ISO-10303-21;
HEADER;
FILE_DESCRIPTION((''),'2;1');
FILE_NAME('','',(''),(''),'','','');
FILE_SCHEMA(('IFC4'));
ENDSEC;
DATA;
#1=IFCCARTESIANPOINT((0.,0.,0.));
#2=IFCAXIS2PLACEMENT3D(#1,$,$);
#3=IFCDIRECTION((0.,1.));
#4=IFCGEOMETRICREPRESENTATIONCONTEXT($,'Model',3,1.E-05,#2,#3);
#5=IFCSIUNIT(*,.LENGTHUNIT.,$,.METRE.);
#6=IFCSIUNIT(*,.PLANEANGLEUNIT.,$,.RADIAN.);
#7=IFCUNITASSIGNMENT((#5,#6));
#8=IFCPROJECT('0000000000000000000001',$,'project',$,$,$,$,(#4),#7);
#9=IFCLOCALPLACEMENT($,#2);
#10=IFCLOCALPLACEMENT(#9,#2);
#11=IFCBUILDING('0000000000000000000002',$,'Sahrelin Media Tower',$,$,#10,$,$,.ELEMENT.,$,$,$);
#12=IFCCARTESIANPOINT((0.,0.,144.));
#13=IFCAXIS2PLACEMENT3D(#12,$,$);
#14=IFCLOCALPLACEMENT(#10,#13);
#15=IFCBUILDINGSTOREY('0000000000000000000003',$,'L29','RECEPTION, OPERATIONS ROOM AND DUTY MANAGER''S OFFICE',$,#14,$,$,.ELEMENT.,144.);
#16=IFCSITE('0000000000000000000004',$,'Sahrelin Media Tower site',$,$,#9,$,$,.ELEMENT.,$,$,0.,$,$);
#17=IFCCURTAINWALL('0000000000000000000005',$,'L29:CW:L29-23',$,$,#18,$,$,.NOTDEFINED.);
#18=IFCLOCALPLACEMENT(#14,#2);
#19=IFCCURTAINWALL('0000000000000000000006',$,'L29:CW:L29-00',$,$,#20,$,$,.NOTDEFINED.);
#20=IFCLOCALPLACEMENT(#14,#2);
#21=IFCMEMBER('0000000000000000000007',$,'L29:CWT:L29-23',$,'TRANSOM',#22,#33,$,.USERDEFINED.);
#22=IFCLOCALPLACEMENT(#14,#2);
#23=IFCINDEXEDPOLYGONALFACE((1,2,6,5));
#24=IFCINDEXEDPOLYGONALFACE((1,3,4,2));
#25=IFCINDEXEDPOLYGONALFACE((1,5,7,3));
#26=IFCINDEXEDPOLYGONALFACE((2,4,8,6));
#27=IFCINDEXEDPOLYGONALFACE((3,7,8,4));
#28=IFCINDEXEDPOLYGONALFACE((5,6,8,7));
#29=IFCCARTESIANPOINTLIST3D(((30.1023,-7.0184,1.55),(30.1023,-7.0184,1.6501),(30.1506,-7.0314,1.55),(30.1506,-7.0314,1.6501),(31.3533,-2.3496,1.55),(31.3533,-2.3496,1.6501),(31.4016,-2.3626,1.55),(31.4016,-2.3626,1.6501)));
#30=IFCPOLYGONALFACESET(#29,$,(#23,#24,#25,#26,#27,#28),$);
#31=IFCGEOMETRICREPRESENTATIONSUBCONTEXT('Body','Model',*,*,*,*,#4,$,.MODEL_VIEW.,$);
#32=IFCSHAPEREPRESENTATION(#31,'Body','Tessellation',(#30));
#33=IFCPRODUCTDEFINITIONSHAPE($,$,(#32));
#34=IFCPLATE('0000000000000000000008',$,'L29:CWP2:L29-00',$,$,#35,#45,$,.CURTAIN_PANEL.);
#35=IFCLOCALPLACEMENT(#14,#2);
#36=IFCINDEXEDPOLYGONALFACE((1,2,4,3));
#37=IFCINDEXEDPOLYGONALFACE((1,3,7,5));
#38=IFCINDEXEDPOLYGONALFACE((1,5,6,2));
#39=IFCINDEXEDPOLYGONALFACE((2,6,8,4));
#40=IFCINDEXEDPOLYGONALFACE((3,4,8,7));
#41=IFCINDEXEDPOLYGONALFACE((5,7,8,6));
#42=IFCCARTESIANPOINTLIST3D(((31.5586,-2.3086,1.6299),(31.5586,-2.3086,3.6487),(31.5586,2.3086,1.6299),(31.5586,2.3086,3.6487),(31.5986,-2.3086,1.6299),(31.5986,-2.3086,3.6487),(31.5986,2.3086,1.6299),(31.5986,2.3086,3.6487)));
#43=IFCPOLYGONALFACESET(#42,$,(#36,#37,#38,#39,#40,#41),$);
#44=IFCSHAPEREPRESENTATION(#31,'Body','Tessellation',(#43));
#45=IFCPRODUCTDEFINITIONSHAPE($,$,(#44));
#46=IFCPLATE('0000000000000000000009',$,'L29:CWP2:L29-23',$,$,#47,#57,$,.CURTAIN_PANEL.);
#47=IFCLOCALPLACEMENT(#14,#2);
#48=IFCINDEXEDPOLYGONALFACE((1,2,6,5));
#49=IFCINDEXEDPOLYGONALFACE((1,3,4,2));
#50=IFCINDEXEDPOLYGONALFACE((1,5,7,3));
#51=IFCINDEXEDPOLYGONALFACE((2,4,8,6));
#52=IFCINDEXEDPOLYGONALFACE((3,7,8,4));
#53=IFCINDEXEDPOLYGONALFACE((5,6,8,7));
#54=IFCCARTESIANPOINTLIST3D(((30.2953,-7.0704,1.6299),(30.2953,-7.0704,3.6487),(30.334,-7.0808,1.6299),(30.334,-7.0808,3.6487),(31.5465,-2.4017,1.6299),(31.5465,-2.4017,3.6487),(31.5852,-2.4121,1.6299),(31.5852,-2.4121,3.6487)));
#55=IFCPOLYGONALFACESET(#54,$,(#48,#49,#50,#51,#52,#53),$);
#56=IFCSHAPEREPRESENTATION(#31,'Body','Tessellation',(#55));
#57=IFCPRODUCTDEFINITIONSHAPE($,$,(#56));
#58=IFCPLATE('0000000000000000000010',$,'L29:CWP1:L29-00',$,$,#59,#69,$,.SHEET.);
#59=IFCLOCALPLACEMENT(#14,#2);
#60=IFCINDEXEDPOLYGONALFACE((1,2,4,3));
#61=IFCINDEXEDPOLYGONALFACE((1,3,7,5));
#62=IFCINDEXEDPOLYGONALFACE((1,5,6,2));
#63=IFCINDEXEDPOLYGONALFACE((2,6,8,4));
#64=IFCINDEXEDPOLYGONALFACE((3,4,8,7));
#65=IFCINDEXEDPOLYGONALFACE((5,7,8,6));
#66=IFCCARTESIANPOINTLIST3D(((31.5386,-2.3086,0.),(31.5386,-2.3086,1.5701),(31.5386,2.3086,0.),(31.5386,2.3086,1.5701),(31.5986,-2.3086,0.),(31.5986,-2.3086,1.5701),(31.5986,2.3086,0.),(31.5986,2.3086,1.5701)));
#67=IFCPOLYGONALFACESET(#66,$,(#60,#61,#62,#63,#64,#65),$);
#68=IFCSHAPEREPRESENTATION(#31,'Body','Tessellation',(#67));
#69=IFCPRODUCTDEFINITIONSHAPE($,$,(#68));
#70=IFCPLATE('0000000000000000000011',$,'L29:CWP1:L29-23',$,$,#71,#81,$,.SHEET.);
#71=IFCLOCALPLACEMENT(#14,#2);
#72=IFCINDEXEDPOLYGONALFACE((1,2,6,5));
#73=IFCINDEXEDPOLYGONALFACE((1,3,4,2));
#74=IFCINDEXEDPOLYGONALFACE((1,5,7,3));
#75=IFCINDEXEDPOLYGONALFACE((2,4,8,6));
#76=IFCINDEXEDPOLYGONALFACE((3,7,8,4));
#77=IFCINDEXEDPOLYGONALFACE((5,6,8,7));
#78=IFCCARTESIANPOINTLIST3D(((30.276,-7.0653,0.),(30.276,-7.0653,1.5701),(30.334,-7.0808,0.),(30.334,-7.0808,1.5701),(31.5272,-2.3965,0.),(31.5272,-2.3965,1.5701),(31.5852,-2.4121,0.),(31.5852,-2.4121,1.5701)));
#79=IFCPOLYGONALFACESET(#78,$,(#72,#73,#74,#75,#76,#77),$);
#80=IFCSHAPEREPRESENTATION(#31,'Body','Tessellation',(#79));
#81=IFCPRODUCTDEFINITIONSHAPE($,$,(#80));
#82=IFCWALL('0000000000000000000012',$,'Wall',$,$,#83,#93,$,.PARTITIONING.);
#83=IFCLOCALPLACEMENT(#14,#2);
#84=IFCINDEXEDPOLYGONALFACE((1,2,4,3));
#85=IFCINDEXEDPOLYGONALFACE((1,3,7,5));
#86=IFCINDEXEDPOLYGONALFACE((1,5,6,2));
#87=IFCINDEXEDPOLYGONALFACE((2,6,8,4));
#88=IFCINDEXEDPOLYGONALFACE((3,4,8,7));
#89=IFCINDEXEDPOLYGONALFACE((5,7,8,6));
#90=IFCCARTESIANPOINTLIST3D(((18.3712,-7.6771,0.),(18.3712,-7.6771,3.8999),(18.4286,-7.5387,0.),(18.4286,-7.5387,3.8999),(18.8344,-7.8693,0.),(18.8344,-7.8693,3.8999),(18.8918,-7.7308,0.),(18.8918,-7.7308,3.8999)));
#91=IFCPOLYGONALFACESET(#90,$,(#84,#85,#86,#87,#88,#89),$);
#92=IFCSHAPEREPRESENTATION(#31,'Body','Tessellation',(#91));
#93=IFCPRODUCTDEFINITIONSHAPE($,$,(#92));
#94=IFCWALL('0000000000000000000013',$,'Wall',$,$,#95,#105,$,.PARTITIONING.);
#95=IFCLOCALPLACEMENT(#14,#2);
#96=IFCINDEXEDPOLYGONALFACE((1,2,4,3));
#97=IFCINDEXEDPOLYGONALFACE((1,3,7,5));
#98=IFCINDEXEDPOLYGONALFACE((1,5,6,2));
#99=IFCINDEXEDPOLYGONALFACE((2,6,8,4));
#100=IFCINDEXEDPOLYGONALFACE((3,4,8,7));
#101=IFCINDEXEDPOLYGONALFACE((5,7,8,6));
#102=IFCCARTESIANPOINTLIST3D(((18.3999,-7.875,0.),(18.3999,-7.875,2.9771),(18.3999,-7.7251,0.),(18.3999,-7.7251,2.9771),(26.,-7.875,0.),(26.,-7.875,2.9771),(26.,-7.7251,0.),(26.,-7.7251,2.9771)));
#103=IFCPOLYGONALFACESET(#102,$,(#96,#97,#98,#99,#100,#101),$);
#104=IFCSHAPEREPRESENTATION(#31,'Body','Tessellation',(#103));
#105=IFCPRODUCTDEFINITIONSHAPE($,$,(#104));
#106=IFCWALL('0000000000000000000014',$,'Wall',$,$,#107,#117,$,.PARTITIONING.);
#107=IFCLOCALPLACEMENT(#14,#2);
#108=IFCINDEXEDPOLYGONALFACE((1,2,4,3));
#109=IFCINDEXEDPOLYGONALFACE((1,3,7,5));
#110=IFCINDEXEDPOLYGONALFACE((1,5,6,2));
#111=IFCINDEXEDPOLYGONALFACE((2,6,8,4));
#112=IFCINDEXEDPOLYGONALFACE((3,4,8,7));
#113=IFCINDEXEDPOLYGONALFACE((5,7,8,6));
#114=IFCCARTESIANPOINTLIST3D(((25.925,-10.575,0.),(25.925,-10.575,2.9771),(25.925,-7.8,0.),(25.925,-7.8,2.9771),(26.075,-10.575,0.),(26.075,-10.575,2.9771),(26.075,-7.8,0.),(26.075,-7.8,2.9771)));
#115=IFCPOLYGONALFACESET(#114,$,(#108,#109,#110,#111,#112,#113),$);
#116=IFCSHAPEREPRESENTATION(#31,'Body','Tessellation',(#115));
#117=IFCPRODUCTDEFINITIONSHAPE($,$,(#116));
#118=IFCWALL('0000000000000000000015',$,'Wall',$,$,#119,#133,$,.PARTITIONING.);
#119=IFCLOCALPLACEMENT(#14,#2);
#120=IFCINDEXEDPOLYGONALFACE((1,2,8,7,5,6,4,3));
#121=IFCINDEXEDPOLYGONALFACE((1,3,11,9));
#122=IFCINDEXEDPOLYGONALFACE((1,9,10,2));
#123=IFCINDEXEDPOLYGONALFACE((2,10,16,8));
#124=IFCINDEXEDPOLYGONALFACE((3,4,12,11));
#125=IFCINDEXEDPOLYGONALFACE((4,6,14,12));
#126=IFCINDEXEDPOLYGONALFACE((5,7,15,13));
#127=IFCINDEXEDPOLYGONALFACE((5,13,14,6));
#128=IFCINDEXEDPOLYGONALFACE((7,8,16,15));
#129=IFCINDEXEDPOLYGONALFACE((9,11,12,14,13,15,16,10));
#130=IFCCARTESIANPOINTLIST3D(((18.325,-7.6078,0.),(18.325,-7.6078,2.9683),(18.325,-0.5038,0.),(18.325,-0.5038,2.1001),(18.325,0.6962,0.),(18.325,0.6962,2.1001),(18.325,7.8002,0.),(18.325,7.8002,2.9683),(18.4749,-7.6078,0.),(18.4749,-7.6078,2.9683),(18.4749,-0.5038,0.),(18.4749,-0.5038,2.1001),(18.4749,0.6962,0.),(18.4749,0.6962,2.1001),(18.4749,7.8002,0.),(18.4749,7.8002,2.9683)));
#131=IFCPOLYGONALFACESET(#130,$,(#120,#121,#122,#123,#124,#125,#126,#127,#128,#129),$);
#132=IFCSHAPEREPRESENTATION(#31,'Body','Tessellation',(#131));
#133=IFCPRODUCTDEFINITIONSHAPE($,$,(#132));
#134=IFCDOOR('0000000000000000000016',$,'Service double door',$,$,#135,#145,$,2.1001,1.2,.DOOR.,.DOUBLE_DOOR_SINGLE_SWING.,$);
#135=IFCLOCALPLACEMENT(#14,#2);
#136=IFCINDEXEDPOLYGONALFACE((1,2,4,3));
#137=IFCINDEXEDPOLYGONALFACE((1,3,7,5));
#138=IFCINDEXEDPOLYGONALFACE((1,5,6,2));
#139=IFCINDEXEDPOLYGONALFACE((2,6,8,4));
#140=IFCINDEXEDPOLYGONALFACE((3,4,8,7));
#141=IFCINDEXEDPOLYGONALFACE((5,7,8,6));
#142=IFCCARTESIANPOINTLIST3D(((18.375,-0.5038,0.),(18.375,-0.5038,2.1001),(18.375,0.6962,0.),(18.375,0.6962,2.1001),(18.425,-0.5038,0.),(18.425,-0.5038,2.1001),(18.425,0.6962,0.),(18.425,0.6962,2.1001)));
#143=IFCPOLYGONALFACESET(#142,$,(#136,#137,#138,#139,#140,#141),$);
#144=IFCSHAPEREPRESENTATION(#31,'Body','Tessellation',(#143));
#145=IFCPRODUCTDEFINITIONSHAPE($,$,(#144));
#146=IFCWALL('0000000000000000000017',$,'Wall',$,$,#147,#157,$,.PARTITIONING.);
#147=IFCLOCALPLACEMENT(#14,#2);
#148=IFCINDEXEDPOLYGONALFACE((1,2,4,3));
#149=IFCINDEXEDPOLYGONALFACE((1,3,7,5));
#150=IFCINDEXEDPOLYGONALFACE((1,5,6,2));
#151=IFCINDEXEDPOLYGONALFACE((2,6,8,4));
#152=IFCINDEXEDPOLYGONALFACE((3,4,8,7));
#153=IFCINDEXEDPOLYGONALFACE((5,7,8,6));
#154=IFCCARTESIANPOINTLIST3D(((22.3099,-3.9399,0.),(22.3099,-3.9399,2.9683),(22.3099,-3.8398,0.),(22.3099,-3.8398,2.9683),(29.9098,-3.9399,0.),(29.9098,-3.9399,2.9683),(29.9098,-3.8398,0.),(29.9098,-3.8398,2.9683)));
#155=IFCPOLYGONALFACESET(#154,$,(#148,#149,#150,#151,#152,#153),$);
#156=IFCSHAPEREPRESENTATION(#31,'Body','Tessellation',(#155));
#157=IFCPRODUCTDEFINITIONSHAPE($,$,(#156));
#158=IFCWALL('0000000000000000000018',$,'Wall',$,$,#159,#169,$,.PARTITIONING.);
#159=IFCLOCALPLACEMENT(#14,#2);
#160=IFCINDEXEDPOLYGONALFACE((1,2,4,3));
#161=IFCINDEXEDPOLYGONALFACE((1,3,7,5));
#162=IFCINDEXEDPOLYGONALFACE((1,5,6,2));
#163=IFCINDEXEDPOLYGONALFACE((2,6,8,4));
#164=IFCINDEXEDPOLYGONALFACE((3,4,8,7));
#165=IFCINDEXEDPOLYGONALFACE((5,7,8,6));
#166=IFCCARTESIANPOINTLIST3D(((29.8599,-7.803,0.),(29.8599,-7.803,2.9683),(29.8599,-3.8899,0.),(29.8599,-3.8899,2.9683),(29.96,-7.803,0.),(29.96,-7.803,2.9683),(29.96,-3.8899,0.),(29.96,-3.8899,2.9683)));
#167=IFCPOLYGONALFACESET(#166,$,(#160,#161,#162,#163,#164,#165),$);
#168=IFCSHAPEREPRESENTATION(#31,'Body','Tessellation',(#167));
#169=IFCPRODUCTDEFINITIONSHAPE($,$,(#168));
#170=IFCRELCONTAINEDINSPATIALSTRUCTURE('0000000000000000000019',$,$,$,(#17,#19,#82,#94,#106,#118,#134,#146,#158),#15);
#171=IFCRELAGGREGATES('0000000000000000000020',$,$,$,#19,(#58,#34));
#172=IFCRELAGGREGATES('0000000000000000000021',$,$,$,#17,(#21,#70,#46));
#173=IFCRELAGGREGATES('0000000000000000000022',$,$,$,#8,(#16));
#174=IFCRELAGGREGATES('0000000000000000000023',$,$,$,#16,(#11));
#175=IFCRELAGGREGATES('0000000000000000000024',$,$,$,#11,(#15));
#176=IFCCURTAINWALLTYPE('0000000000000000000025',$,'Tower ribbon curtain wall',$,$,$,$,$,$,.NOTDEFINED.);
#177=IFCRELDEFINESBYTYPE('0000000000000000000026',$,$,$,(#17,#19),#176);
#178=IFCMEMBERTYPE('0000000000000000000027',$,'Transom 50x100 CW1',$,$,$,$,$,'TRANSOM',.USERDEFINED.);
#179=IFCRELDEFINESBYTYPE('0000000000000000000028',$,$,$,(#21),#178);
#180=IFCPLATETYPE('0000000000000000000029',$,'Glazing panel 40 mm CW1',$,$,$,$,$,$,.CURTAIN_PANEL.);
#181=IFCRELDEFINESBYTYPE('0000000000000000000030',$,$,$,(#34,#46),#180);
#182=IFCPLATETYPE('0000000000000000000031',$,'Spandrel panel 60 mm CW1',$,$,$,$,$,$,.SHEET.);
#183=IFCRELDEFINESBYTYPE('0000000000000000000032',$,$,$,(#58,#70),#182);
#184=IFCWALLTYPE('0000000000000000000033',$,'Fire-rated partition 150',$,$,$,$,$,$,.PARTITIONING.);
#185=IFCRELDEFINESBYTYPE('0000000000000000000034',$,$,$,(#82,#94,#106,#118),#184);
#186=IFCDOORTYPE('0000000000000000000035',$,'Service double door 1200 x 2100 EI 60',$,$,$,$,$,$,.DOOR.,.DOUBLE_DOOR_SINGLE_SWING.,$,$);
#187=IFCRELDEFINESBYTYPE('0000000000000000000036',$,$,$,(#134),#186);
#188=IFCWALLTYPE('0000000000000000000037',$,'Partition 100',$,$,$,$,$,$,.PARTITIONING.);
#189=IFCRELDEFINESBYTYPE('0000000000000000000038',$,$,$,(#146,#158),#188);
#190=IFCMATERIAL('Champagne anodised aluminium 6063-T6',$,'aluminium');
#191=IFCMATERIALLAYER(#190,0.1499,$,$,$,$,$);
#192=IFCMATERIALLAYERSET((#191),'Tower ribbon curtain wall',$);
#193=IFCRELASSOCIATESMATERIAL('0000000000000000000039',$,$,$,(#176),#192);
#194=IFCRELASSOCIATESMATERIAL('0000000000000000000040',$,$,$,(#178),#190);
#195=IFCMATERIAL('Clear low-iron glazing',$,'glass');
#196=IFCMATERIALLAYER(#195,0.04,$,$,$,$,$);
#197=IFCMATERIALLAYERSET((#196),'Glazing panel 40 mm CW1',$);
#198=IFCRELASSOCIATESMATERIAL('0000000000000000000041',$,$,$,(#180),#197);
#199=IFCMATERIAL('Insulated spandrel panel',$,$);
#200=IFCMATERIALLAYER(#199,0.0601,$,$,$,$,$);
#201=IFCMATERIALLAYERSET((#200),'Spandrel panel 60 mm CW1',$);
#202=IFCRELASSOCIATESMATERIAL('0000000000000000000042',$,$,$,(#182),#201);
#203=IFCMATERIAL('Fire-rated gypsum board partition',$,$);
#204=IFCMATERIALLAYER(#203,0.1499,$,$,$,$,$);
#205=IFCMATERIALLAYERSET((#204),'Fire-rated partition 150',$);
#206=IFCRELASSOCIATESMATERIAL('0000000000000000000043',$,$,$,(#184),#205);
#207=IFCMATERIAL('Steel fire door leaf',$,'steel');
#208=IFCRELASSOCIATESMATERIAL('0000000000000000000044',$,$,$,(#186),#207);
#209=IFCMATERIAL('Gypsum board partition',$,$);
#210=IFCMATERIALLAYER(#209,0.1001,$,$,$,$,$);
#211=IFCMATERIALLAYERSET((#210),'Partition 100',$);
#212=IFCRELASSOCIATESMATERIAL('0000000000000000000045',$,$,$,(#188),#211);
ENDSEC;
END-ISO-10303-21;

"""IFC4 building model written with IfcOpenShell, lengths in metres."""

from ifc_helpers import new_model, si_unit, direction, frame, frame_2d, origin, origin_2d, place, context, subcontext, project, spatial, polyline, rectangle, outline, extrude, material, layer, layer_set, material_profile, profile_set, type_object, element, fill, aggregate, save


model = new_model("IFC4")

# Units and contexts
model_context = context("Model", 3, precision=1e-05, world=origin(), true_north=direction((0.0, 1.0)))
body_context = subcontext(model_context, "Body", "Model", "MODEL_VIEW")
ifc_project = project(units=[si_unit("LENGTHUNIT", "METRE"), si_unit("PLANEANGLEUNIT", "RADIAN")], contexts=[model_context])

# Site, building, storey
site_placement = place(None, origin())
site = spatial("IfcSite", under=ifc_project, at=site_placement, Name="Sahrelin Media Tower site", CompositionType="ELEMENT", RefElevation=0.0)
building_placement = place(site_placement, origin())
building = spatial("IfcBuilding", under=site, at=building_placement, Name="Sahrelin Media Tower", CompositionType="ELEMENT")
storey_placement = place(building_placement, frame((0.0, 0.0, 144.0)))
storey = spatial("IfcBuildingStorey", under=building, at=storey_placement, Name="L29", Description="RECEPTION, OPERATIONS ROOM AND DUTY MANAGER'S OFFICE", CompositionType="ELEMENT", Elevation=144.0)

# Curtain wall
ifc_material_1 = material(Name="Champagne anodised aluminium 6063-T6", Category="aluminium")
ifc_layer_1 = layer(ifc_material_1, 0.1499)
ifc_layer_set_1 = layer_set([ifc_layer_1], Name="Tower ribbon curtain wall")
curtain_wall_type = type_object("IfcCurtainWallType", Name="Tower ribbon curtain wall", PredefinedType="NOTDEFINED", material=ifc_layer_set_1)
curtain_wall_1_placement = place(storey_placement, frame((30.9402, -4.7412, 0.0), z_axis=(0.0, 0.0, 1.0), x_axis=(1.0, 0.0, 0.0)))
curtain_wall_1 = element("IfcCurtainWall", 1, at=curtain_wall_1_placement, inside=storey, type_object=curtain_wall_type, Name="L29:CW:L29-23", PredefinedType="NOTDEFINED")

# Curtain wall
curtain_wall_2_placement = place(storey_placement, frame((31.5786, 0.0, 0.0), z_axis=(0.0, 0.0, 1.0), x_axis=(1.0, 0.0, 0.0)))
curtain_wall_2 = element("IfcCurtainWall", 2, at=curtain_wall_2_placement, inside=storey, type_object=curtain_wall_type, Name="L29:CW:L29-00", PredefinedType="NOTDEFINED")
ifc_material_profile_1 = material_profile(ifc_material_1, rectangle(XDim=0.05, YDim=0.1001, at=origin_2d()), Name="Transom 50x100")
ifc_profile_set_1 = profile_set([ifc_material_profile_1], Name="Champagne anodised aluminium 6063-T6")
member_type_1 = type_object("IfcMemberType", Name="Transom 50x100 CW1", ElementType="TRANSOM", PredefinedType="USERDEFINED", material=ifc_profile_set_1)

# Member
member_1_placement = place(storey_placement, frame((30.1265, -7.0249, 1.6001), z_axis=(0.258819, 0.965926, 0.0), x_axis=(-0.965926, 0.258819, 0.0)))
member_1 = element("IfcMember", 3, at=member_1_placement, type_object=member_type_1, Name="L29:CWT:L29-23", ObjectType="TRANSOM", PredefinedType="USERDEFINED", context=body_context, shape_type="SweptSolid", body=[
    extrude(rectangle(XDim=0.05, YDim=0.1001, at=origin_2d()), origin(), (0.0, 0.0, 1.0), 4.8335),
])

# Plates
ifc_material_2 = material(Name="Clear low-iron glazing", Category="glass")
ifc_layer_2 = layer(ifc_material_2, 0.04)
ifc_layer_set_2 = layer_set([ifc_layer_2], Name="Glazing panel 40 mm CW1")
plate_type_1 = type_object("IfcPlateType", Name="Glazing panel 40 mm CW1", PredefinedType="CURTAIN_PANEL", material=ifc_layer_set_2)
plate_1_placement = place(storey_placement, frame((31.5986, -2.3086, 1.6299), z_axis=(1.0, 0.0, 0.0), x_axis=(0.0, 1.0, 0.0)))
plate_1 = element("IfcPlate", 4, at=plate_1_placement, type_object=plate_type_1, Name="L29:CWP2:L29-00", PredefinedType="CURTAIN_PANEL", context=body_context, shape_type="SweptSolid", body=[
    extrude(outline(polyline([(0.0, 0.0), (4.6172, 0.0), (4.6172, 2.0188), (0.0, 2.0188), (0.0, 0.0)])), origin(), (0.0, 0.0, -1.0), 0.04),
])
plate_2_placement = place(storey_placement, frame((30.334, -7.0808, 1.6299), z_axis=(0.965913, -0.258867, 0.0), x_axis=(0.258867, 0.965913, 0.0)))
plate_2 = element("IfcPlate", 5, at=plate_2_placement, type_object=plate_type_1, Name="L29:CWP2:L29-23", PredefinedType="CURTAIN_PANEL", context=body_context, shape_type="SweptSolid", body=[
    extrude(outline(polyline([(0.0, 0.0), (4.8335, 0.0), (4.8335, 2.0188), (0.0, 2.0188), (0.0, 0.0)])), origin(), (0.0, 0.0, -1.0), 0.04),
])
ifc_material_3 = material(Name="Insulated spandrel panel")
ifc_layer_3 = layer(ifc_material_3, 0.0601)
ifc_layer_set_3 = layer_set([ifc_layer_3], Name="Spandrel panel 60 mm CW1")
plate_type_2 = type_object("IfcPlateType", Name="Spandrel panel 60 mm CW1", PredefinedType="SHEET", material=ifc_layer_set_3)
plate_3_placement = place(storey_placement, frame((31.5986, -2.3086, 0.0), z_axis=(1.0, 0.0, 0.0), x_axis=(0.0, 1.0, 0.0)))
plate_3 = element("IfcPlate", 6, at=plate_3_placement, type_object=plate_type_2, Name="L29:CWP1:L29-00", PredefinedType="SHEET", context=body_context, shape_type="SweptSolid", body=[
    extrude(outline(polyline([(0.0, 0.0), (4.6172, 0.0), (4.6172, 1.5701), (0.0, 1.5701), (0.0, 0.0)])), origin(), (0.0, 0.0, -1.0), 0.0601),
])
aggregate(curtain_wall_2, [plate_3, plate_1])
plate_4_placement = place(storey_placement, frame((30.334, -7.0808, 0.0), z_axis=(0.965913, -0.258867, 0.0), x_axis=(0.258867, 0.965913, 0.0)))
plate_4 = element("IfcPlate", 7, at=plate_4_placement, type_object=plate_type_2, Name="L29:CWP1:L29-23", PredefinedType="SHEET", context=body_context, shape_type="SweptSolid", body=[
    extrude(outline(polyline([(0.0, 0.0), (4.8335, 0.0), (4.8335, 1.5701), (0.0, 1.5701), (0.0, 0.0)])), origin(), (0.0, 0.0, -1.0), 0.0601),
])
aggregate(curtain_wall_1, [member_1, plate_4, plate_2])

# Walls
ifc_material_4 = material(Name="Fire-rated gypsum board partition")
ifc_layer_4 = layer(ifc_material_4, 0.1499)
ifc_layer_set_4 = layer_set([ifc_layer_4], Name="Fire-rated partition 150")
wall_type_1 = type_object("IfcWallType", Name="Fire-rated partition 150", PredefinedType="PARTITIONING", material=ifc_layer_set_4)
wall_1_placement = place(storey_placement, frame((18.3999, -7.6079, 0.0), z_axis=(0.0, 0.0, 1.0), x_axis=(0.923666, -0.383197, 0.0)))
element("IfcWall", 8, at=wall_1_placement, inside=storey, type_object=wall_type_1, Name="Wall", PredefinedType="PARTITIONING", context=body_context, shape_type="SweptSolid", body=[
    extrude(rectangle(XDim=0.5015, YDim=0.1499, at=frame_2d((0.2507, 0.0))), origin(), (0.0, 0.0, 1.0), 3.8999),
])
wall_2_placement = place(storey_placement, frame((18.3999, -7.8, 0.0), z_axis=(0.0, 0.0, 1.0), x_axis=(1.0, 0.0, 0.0)))
element("IfcWall", 9, at=wall_2_placement, inside=storey, type_object=wall_type_1, Name="Wall", PredefinedType="PARTITIONING", context=body_context, shape_type="SweptSolid", body=[
    extrude(rectangle(XDim=7.6001, YDim=0.1499, at=frame_2d((3.8, 0.0))), origin(), (0.0, 0.0, 1.0), 2.9771),
])
wall_3_placement = place(storey_placement, frame((26.0, -10.575, 0.0), z_axis=(0.0, 0.0, 1.0), x_axis=(0.0, 1.0, 0.0)))
element("IfcWall", 10, at=wall_3_placement, inside=storey, type_object=wall_type_1, Name="Wall", PredefinedType="PARTITIONING", context=body_context, shape_type="SweptSolid", body=[
    extrude(rectangle(XDim=2.7749, YDim=0.1499, at=frame_2d((1.3875, 0.0))), origin(), (0.0, 0.0, 1.0), 2.9771),
])

# Wall, opening, door
wall_4_placement = place(storey_placement, frame((18.3999, -7.6079, 0.0), z_axis=(0.0, 0.0, 1.0), x_axis=(0.0, 1.0, 0.0)))
wall_4 = element("IfcWall", 11, at=wall_4_placement, inside=storey, type_object=wall_type_1, Name="Wall", PredefinedType="PARTITIONING", context=body_context, shape_type="SweptSolid", body=[
    extrude(rectangle(XDim=15.408, YDim=0.1499, at=frame_2d((7.7041, 0.0))), origin(), (0.0, 0.0, 1.0), 2.9683),
])
opening_1_placement = place(wall_4_placement, frame((7.104, 0.0, 0.0)))
opening_1 = element("IfcOpeningElement", 12, at=opening_1_placement, cuts=wall_4, PredefinedType="OPENING", context=body_context, shape_type="SweptSolid", body=[
    extrude(rectangle(XDim=1.2, YDim=2.1001, at=frame_2d((0.6001, 1.05))), frame((0.0, 0.075, 0.0), z_axis=(0.0, -1.0, 0.0), x_axis=(1.0, 0.0, 0.0)), (0.0, 0.0, 1.0), 0.1499),
])
ifc_material_5 = material(Name="Steel fire door leaf", Category="steel")
door_type_1 = type_object("IfcDoorType", Name="Service double door 1200 x 2100 EI 60", OperationType="DOUBLE_DOOR_SINGLE_SWING", PredefinedType="DOOR", material=ifc_material_5)
door_1_placement = place(opening_1_placement, origin())
door_1 = element("IfcDoor", 13, at=door_1_placement, inside=storey, type_object=door_type_1, Name="Service double door", OperationType="DOUBLE_DOOR_SINGLE_SWING", OverallHeight=2.1001, OverallWidth=1.2, PredefinedType="DOOR", context=body_context, shape_type="SweptSolid", body=[
    extrude(rectangle(XDim=1.2, YDim=2.1001, at=frame_2d((0.6001, 1.05))), frame((0.0, 0.0249, 0.0), z_axis=(0.0, -1.0, 0.0), x_axis=(1.0, 0.0, 0.0)), (0.0, 0.0, 1.0), 0.05),
])
fill(opening_1, door_1)

# Walls
ifc_material_6 = material(Name="Gypsum board partition")
ifc_layer_5 = layer(ifc_material_6, 0.1001)
ifc_layer_set_5 = layer_set([ifc_layer_5], Name="Partition 100")
wall_type_2 = type_object("IfcWallType", Name="Partition 100", PredefinedType="PARTITIONING", material=ifc_layer_set_5)
wall_5_placement = place(storey_placement, frame((22.3101, -3.8899, 0.0), z_axis=(0.0, 0.0, 1.0), x_axis=(1.0, 0.0, 0.0)))
element("IfcWall", 14, at=wall_5_placement, inside=storey, type_object=wall_type_2, Name="Wall", PredefinedType="PARTITIONING", context=body_context, shape_type="SweptSolid", body=[
    extrude(rectangle(XDim=7.5999, YDim=0.1001, at=frame_2d((3.7998, 0.0))), origin(), (0.0, 0.0, 1.0), 2.9683),
])
wall_6_placement = place(storey_placement, frame((29.9099, -7.803, 0.0), z_axis=(0.0, 0.0, 1.0), x_axis=(0.0, 1.0, 0.0)))
element("IfcWall", 15, at=wall_6_placement, inside=storey, type_object=wall_type_2, Name="Wall", PredefinedType="PARTITIONING", context=body_context, shape_type="SweptSolid", body=[
    extrude(rectangle(XDim=3.9131, YDim=0.1001, at=frame_2d((1.9565, 0.0))), origin(), (0.0, 0.0, 1.0), 2.9683),
])

save(model, "model.ifc")
